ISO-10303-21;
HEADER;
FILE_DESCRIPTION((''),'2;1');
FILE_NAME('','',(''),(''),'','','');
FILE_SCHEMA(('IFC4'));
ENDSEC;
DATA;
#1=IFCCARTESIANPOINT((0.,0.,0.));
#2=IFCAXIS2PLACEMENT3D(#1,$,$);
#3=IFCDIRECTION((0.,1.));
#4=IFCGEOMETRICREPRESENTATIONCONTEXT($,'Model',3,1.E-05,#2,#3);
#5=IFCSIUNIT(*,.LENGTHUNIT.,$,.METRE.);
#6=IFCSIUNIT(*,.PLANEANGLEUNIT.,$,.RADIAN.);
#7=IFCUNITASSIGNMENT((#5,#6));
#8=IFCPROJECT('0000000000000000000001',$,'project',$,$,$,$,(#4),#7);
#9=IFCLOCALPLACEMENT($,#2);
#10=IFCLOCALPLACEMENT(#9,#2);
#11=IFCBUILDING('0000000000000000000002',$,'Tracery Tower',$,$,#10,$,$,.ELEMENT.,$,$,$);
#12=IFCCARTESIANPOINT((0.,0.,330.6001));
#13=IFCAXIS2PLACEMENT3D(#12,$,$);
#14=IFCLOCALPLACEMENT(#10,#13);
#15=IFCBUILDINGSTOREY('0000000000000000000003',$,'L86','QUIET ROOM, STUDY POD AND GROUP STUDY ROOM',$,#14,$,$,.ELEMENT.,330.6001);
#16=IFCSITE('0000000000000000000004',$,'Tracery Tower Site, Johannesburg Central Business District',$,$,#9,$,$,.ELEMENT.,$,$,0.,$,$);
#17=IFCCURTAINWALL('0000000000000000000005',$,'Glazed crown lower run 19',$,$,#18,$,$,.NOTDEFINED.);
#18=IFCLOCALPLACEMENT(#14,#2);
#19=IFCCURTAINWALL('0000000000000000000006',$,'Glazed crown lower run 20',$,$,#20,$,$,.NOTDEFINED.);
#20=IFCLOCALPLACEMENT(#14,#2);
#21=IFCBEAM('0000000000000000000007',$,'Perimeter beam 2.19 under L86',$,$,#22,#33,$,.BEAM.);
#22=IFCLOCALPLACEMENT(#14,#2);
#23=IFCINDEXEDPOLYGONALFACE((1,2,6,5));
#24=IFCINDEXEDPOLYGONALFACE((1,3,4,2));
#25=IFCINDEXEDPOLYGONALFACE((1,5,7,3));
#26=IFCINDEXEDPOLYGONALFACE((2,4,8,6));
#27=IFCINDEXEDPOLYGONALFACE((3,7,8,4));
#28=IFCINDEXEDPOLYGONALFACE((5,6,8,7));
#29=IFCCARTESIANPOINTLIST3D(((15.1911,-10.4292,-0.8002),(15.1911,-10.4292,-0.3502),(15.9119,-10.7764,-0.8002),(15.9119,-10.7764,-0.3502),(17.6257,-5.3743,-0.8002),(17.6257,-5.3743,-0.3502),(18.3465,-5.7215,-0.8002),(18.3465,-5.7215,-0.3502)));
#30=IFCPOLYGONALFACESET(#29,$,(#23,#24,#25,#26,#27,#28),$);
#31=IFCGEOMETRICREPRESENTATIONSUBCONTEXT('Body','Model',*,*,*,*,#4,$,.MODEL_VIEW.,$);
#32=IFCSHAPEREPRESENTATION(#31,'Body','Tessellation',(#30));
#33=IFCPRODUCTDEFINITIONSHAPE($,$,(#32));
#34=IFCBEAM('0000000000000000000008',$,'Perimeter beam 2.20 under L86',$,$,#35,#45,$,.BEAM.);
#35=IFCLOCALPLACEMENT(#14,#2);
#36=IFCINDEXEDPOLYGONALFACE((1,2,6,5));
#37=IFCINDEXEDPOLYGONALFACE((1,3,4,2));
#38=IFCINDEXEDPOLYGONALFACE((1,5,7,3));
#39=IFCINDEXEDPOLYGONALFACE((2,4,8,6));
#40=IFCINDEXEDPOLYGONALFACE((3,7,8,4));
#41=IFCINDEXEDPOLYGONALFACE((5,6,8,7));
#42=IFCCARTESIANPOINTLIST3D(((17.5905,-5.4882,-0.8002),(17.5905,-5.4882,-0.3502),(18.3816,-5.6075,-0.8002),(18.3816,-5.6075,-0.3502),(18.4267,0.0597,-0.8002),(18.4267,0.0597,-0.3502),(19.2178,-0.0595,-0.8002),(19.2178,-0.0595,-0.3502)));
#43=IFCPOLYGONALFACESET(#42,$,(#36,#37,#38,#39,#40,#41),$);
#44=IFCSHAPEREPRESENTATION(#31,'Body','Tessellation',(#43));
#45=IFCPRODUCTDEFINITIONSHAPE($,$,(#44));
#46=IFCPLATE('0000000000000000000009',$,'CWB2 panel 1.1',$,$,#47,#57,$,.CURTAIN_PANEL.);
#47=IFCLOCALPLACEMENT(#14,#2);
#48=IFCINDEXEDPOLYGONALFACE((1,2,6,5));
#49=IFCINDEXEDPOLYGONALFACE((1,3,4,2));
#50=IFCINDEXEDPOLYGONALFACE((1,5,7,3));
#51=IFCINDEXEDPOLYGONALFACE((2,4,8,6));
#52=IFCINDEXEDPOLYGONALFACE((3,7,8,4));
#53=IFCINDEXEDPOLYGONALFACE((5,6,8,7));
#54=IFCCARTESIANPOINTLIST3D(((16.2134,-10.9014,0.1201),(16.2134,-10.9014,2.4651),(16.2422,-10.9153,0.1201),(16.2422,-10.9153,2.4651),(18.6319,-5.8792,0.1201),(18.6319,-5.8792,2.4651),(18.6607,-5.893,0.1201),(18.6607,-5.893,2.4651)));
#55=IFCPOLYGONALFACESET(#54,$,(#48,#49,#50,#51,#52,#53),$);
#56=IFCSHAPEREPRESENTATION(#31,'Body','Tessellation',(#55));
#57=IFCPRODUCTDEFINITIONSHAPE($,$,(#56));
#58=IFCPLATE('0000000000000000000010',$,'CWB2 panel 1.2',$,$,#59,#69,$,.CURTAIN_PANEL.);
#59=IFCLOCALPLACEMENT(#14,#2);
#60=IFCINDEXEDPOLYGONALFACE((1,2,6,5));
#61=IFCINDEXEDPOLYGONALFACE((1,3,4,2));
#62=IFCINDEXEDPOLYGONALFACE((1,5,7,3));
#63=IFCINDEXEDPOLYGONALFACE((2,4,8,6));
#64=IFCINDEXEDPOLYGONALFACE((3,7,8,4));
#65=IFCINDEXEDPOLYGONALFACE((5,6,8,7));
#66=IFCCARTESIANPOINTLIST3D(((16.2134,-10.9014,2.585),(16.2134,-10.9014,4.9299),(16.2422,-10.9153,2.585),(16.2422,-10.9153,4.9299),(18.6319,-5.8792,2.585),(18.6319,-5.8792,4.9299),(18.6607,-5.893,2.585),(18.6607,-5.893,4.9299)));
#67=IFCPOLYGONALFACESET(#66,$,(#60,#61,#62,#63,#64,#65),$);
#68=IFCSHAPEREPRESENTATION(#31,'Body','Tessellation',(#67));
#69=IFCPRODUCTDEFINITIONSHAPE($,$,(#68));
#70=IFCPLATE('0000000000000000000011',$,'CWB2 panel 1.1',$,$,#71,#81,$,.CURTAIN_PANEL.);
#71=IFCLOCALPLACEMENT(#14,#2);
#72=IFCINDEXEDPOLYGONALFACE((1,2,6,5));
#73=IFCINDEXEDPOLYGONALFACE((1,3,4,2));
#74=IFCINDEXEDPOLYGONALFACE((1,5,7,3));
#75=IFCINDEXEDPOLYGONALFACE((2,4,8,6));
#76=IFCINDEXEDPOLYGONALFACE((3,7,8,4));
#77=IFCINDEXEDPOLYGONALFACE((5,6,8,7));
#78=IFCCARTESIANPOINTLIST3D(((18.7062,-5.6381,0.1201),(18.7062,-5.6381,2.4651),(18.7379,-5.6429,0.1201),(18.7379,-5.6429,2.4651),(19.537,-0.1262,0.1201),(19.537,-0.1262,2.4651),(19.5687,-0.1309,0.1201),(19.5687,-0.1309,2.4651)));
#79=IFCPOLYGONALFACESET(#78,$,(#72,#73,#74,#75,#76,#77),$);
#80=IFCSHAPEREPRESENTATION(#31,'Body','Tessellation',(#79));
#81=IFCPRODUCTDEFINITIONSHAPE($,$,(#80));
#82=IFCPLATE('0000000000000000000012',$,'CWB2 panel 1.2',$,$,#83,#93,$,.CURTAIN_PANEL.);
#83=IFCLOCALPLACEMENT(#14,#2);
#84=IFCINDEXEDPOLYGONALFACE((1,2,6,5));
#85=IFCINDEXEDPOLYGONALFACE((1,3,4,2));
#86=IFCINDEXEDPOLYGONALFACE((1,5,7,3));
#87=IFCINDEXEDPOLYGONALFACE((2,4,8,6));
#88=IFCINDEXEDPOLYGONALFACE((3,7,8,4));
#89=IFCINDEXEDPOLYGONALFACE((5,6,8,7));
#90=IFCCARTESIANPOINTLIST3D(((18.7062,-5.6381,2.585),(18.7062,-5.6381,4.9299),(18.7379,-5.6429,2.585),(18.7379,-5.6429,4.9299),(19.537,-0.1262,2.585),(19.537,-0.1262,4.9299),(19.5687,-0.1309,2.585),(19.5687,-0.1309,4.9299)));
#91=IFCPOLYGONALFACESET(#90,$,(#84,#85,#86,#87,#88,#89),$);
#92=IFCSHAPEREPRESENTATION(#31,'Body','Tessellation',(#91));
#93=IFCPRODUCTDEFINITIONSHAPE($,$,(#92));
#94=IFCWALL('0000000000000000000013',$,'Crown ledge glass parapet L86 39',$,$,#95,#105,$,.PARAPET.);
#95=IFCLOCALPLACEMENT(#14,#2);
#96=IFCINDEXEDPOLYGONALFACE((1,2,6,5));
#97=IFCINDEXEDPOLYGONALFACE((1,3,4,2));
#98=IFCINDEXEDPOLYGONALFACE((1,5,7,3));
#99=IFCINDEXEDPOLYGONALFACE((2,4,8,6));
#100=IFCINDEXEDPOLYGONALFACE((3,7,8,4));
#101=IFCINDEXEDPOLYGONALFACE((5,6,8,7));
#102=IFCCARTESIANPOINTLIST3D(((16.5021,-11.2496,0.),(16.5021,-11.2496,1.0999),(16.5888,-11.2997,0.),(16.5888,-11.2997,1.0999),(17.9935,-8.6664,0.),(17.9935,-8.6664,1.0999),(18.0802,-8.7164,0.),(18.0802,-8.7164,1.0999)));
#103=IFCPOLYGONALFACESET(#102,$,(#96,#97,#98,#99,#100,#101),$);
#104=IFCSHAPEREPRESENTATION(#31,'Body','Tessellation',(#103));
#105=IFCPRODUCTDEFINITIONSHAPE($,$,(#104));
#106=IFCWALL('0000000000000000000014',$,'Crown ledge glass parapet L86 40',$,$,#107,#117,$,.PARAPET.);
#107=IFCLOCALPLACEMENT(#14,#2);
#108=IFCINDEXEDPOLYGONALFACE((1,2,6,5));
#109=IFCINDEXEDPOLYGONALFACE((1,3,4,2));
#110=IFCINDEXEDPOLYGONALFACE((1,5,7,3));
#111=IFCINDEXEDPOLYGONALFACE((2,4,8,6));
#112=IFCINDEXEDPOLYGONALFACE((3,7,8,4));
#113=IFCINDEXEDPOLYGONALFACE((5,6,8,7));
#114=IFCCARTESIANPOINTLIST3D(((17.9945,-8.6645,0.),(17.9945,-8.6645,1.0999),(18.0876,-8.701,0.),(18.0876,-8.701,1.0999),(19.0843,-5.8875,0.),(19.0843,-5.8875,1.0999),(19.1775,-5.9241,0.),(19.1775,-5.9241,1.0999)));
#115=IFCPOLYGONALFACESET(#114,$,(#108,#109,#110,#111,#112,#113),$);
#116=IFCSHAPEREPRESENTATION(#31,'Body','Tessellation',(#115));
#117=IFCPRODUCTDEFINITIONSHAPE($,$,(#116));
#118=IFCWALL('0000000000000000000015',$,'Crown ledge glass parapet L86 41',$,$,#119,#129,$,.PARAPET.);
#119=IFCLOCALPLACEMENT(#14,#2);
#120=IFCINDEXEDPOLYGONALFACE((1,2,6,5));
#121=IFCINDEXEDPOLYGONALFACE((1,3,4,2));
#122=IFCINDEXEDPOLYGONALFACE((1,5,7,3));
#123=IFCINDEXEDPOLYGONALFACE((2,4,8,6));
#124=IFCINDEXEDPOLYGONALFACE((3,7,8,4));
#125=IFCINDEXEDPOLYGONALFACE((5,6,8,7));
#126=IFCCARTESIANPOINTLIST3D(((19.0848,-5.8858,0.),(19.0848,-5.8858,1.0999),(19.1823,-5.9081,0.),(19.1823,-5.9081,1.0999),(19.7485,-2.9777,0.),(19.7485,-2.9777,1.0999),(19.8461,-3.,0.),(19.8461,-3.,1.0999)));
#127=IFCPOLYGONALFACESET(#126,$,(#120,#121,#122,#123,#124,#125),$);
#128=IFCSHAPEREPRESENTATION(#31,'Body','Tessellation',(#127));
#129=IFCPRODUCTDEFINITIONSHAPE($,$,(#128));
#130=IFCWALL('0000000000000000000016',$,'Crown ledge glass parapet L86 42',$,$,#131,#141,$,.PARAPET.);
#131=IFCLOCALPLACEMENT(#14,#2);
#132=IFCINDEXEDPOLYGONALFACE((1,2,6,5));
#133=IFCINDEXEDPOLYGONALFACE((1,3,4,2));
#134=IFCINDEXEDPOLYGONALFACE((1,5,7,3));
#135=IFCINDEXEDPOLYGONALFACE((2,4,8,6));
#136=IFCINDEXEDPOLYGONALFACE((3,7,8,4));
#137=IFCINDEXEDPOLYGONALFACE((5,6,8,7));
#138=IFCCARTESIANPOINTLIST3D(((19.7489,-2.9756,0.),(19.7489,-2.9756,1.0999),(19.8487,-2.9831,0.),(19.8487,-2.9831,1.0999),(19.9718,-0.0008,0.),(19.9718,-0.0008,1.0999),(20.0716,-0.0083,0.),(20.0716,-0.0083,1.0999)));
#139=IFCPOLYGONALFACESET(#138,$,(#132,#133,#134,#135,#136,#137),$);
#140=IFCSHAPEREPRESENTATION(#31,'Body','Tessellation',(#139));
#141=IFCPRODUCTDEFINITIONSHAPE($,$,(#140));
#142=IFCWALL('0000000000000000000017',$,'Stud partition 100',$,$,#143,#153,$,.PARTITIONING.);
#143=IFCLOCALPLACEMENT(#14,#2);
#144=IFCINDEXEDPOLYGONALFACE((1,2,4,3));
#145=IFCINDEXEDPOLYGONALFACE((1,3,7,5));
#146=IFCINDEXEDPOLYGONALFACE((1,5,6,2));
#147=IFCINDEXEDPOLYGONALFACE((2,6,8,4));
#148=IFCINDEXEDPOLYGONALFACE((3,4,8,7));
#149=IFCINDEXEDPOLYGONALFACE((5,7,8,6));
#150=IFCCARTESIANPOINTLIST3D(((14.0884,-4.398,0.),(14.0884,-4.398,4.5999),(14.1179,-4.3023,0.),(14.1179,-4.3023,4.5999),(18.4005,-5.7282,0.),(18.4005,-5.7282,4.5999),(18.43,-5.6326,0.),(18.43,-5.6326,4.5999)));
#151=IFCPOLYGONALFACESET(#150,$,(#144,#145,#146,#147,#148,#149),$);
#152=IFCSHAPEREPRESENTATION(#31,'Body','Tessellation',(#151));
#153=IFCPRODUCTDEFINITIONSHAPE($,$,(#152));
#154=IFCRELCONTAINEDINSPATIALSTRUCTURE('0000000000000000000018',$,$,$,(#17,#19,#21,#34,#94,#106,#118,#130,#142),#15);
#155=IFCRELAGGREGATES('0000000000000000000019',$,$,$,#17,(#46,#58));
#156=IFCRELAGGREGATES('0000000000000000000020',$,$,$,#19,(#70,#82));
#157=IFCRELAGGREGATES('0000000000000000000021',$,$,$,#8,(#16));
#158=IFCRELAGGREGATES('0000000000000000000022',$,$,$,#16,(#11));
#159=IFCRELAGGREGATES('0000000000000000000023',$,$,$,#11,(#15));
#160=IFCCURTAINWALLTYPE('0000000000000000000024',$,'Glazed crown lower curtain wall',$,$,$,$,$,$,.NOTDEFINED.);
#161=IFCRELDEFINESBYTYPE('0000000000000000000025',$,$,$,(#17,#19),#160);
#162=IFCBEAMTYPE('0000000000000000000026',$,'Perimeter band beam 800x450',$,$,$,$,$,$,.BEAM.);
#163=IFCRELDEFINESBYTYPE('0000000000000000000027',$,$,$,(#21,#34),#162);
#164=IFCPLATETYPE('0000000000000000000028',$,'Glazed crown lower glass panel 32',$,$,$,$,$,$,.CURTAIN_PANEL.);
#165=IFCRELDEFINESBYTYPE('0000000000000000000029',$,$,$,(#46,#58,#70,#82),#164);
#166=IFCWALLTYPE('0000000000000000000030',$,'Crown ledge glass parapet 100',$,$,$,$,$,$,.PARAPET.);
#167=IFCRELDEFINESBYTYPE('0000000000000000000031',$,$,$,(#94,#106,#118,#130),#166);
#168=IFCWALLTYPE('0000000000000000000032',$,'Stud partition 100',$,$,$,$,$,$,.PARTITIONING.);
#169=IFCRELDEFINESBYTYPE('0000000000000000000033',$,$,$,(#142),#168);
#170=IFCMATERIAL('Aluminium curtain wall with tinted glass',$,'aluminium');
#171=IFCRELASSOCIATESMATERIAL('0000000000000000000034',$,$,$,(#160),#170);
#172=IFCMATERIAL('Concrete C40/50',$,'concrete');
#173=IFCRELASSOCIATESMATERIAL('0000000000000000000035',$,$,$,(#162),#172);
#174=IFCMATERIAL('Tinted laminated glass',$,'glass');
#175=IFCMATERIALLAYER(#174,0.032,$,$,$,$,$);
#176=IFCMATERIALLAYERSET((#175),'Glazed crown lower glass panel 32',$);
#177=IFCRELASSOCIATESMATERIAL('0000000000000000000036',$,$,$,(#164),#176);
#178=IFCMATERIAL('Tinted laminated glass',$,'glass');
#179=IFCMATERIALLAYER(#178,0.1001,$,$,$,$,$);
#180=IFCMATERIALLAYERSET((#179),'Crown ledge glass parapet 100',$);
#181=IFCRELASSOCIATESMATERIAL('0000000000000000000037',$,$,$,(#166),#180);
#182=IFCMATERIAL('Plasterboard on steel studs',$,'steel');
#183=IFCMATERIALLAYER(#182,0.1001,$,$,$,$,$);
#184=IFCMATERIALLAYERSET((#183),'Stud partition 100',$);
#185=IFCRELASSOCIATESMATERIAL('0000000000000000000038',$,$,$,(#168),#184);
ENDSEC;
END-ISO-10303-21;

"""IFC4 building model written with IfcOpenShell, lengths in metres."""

from ifc_helpers import new_model, si_unit, direction, frame, frame_2d, origin, origin_2d, place, context, subcontext, project, spatial, rectangle, extrude, material, layer, layer_set, material_profile, profile_set, type_object, element, aggregate, save


model = new_model("IFC4")

# Units and contexts
model_context = context("Model", 3, precision=1e-05, world=origin(), true_north=direction((0.0, 1.0)))
body_context = subcontext(model_context, "Body", "Model", "MODEL_VIEW")
ifc_project = project(units=[si_unit("LENGTHUNIT", "METRE"), si_unit("PLANEANGLEUNIT", "RADIAN")], contexts=[model_context])

# Site, building, storey
site_placement = place(None, origin())
site = spatial("IfcSite", under=ifc_project, at=site_placement, Name="Tracery Tower Site, Johannesburg Central Business District", CompositionType="ELEMENT", RefElevation=0.0)
building_placement = place(site_placement, origin())
building = spatial("IfcBuilding", under=site, at=building_placement, Name="Tracery Tower", CompositionType="ELEMENT")
storey_placement = place(building_placement, frame((0.0, 0.0, 330.6001)))
storey = spatial("IfcBuildingStorey", under=building, at=storey_placement, Name="L86", Description="QUIET ROOM, STUDY POD AND GROUP STUDY ROOM", CompositionType="ELEMENT", Elevation=330.6001)

# Shared definitions
ifc_material_1 = material(Name="Aluminium curtain wall with tinted glass", Category="aluminium")
curtain_wall_type = type_object("IfcCurtainWallType", Name="Glazed crown lower curtain wall", PredefinedType="NOTDEFINED", material=ifc_material_1)

# Curtain wall
curtain_wall_1_placement = place(storey_placement, origin())
curtain_wall_1 = element("IfcCurtainWall", 1, at=curtain_wall_1_placement, inside=storey, type_object=curtain_wall_type, Name="Glazed crown lower run 19", PredefinedType="NOTDEFINED")

# Curtain wall
curtain_wall_2_placement = place(storey_placement, origin())
curtain_wall_2 = element("IfcCurtainWall", 2, at=curtain_wall_2_placement, inside=storey, type_object=curtain_wall_type, Name="Glazed crown lower run 20", PredefinedType="NOTDEFINED")

# Beams
ifc_material_2 = material(Name="Concrete C40/50", Category="concrete")
ifc_material_profile_1 = material_profile(ifc_material_2, rectangle(XDim=0.8, YDim=0.45, at=origin_2d()), Name="RC 800x450")
ifc_profile_set_1 = profile_set([ifc_material_profile_1], Name="Concrete C40/50")
beam_type = type_object("IfcBeamType", Name="Perimeter band beam 800x450", PredefinedType="BEAM", material=ifc_profile_set_1)
for number, where, z_axis, x_axis, name in (
    (3, (15.5515, -10.6028, -0.5752), (0.433919, 0.900952, 0.0), (-0.900952, 0.433919, 0.0), "Perimeter beam 2.19 under L86"),
    (4, (17.9861, -5.5479, -0.5752), (0.149038, 0.988831, 0.0), (-0.988831, 0.149038, 0.0), "Perimeter beam 2.20 under L86"),
):
    element("IfcBeam", number, at=place(storey_placement, frame(where, z_axis=z_axis, x_axis=x_axis)), inside=storey, type_object=beam_type, Name=name, PredefinedType="BEAM", context=body_context, shape_type="SweptSolid", body=[
        extrude(rectangle(XDim=0.8, YDim=0.45, at=origin_2d()), origin(), (0.0, 0.0, 1.0), 5.6106),
    ])

# Plates
ifc_material_3 = material(Name="Tinted laminated glass", Category="glass")
ifc_layer_1 = layer(ifc_material_3, 0.032)
ifc_layer_set_1 = layer_set([ifc_layer_1], Name="Glazed crown lower glass panel 32")
plate_type = type_object("IfcPlateType", Name="Glazed crown lower glass panel 32", PredefinedType="CURTAIN_PANEL", material=ifc_layer_set_1)
plate_1_placement = place(storey_placement, frame((17.437, -8.3972, 0.1201), z_axis=(0.0, 0.0, 1.0), x_axis=(0.433873, 0.900974, 0.0)))
plate_1 = element("IfcPlate", 5, at=plate_1_placement, type_object=plate_type, Name="CWB2 panel 1.1", PredefinedType="CURTAIN_PANEL", context=body_context, shape_type="SweptSolid", body=[
    extrude(rectangle(XDim=5.5742, YDim=0.032, at=origin_2d()), origin(), (0.0, 0.0, 1.0), 2.345),
])
plate_2_placement = place(storey_placement, frame((17.437, -8.3972, 2.585), z_axis=(0.0, 0.0, 1.0), x_axis=(0.433873, 0.900974, 0.0)))
plate_2 = element("IfcPlate", 6, at=plate_2_placement, type_object=plate_type, Name="CWB2 panel 1.2", PredefinedType="CURTAIN_PANEL", context=body_context, shape_type="SweptSolid", body=[
    extrude(rectangle(XDim=5.5742, YDim=0.032, at=origin_2d()), origin(), (0.0, 0.0, 1.0), 2.345),
])
aggregate(curtain_wall_1, [plate_1, plate_2])
plate_3_placement = place(storey_placement, frame((19.1375, -2.8845, 0.1201), z_axis=(0.0, 0.0, 1.0), x_axis=(0.14904, 0.988831, 0.0)))
plate_3 = element("IfcPlate", 7, at=plate_3_placement, type_object=plate_type, Name="CWB2 panel 1.1", PredefinedType="CURTAIN_PANEL", context=body_context, shape_type="SweptSolid", body=[
    extrude(rectangle(XDim=5.5742, YDim=0.032, at=origin_2d()), origin(), (0.0, 0.0, 1.0), 2.345),
])
plate_4_placement = place(storey_placement, frame((19.1375, -2.8845, 2.585), z_axis=(0.0, 0.0, 1.0), x_axis=(0.14904, 0.988831, 0.0)))
plate_4 = element("IfcPlate", 8, at=plate_4_placement, type_object=plate_type, Name="CWB2 panel 1.2", PredefinedType="CURTAIN_PANEL", context=body_context, shape_type="SweptSolid", body=[
    extrude(rectangle(XDim=5.5742, YDim=0.032, at=origin_2d()), origin(), (0.0, 0.0, 1.0), 2.345),
])
aggregate(curtain_wall_2, [plate_3, plate_4])

# Walls
ifc_material_4 = material(Name="Tinted laminated glass", Category="glass")
ifc_layer_2 = layer(ifc_material_4, 0.1001)
ifc_layer_set_2 = layer_set([ifc_layer_2], Name="Crown ledge glass parapet 100")
wall_type_1 = type_object("IfcWallType", Name="Crown ledge glass parapet 100", PredefinedType="PARAPET", material=ifc_layer_set_2)
wall_1_placement = place(storey_placement, frame((16.5454, -11.2747, 0.0), z_axis=(0.0, 0.0, 1.0), x_axis=(0.500003, 0.866023, 0.0)))
element("IfcWall", 9, at=wall_1_placement, inside=storey, type_object=wall_type_1, Name="Crown ledge glass parapet L86 39", PredefinedType="PARAPET", context=body_context, shape_type="SweptSolid", body=[
    extrude(rectangle(XDim=2.9829, YDim=0.1001, at=frame_2d((1.4915, 0.0))), origin(), (0.0, 0.0, 1.0), 1.0999),
])
wall_2_placement = place(storey_placement, frame((18.041, -8.6829, 0.0), z_axis=(0.0, 0.0, 1.0), x_axis=(0.365343, 0.930873, 0.0)))
element("IfcWall", 10, at=wall_2_placement, inside=storey, type_object=wall_type_1, Name="Crown ledge glass parapet L86 40", PredefinedType="PARAPET", context=body_context, shape_type="SweptSolid", body=[
    extrude(rectangle(XDim=2.9832, YDim=0.1001, at=frame_2d((1.4917, 0.0))), origin(), (0.0, 0.0, 1.0), 1.0999),
])
wall_3_placement = place(storey_placement, frame((19.1335, -5.897, 0.0), z_axis=(0.0, 0.0, 1.0), x_axis=(0.222534, 0.974925, 0.0)))
element("IfcWall", 11, at=wall_3_placement, inside=storey, type_object=wall_type_1, Name="Crown ledge glass parapet L86 41", PredefinedType="PARAPET", context=body_context, shape_type="SweptSolid", body=[
    extrude(rectangle(XDim=2.9829, YDim=0.1001, at=frame_2d((1.4915, 0.0))), origin(), (0.0, 0.0, 1.0), 1.0999),
])
wall_4_placement = place(storey_placement, frame((19.7988, -2.9795, 0.0), z_axis=(0.0, 0.0, 1.0), x_axis=(0.074719, 0.997205, 0.0)))
element("IfcWall", 12, at=wall_4_placement, inside=storey, type_object=wall_type_1, Name="Crown ledge glass parapet L86 42", PredefinedType="PARAPET", context=body_context, shape_type="SweptSolid", body=[
    extrude(rectangle(XDim=2.9832, YDim=0.1001, at=frame_2d((1.4917, 0.0))), origin(), (0.0, 0.0, 1.0), 1.0999),
])
ifc_material_5 = material(Name="Plasterboard on steel studs", Category="steel")
ifc_layer_3 = layer(ifc_material_5, 0.1001)
ifc_layer_set_3 = layer_set([ifc_layer_3], Name="Stud partition 100")
wall_type_2 = type_object("IfcWallType", Name="Stud partition 100", PredefinedType="PARTITIONING", material=ifc_layer_set_3)
wall_5_placement = place(storey_placement, frame((18.4153, -5.6804, 0.0), z_axis=(0.0, 0.0, 1.0), x_axis=(-0.955562, 0.294789, 0.0)))
element("IfcWall", 13, at=wall_5_placement, inside=storey, type_object=wall_type_2, Name="Stud partition 100", PredefinedType="PARTITIONING", context=body_context, shape_type="SweptSolid", body=[
    extrude(rectangle(XDim=4.5127, YDim=0.1001, at=frame_2d((2.2563, 0.0))), origin(), (0.0, 0.0, 1.0), 4.5999),
])

save(model, "model.ifc")
